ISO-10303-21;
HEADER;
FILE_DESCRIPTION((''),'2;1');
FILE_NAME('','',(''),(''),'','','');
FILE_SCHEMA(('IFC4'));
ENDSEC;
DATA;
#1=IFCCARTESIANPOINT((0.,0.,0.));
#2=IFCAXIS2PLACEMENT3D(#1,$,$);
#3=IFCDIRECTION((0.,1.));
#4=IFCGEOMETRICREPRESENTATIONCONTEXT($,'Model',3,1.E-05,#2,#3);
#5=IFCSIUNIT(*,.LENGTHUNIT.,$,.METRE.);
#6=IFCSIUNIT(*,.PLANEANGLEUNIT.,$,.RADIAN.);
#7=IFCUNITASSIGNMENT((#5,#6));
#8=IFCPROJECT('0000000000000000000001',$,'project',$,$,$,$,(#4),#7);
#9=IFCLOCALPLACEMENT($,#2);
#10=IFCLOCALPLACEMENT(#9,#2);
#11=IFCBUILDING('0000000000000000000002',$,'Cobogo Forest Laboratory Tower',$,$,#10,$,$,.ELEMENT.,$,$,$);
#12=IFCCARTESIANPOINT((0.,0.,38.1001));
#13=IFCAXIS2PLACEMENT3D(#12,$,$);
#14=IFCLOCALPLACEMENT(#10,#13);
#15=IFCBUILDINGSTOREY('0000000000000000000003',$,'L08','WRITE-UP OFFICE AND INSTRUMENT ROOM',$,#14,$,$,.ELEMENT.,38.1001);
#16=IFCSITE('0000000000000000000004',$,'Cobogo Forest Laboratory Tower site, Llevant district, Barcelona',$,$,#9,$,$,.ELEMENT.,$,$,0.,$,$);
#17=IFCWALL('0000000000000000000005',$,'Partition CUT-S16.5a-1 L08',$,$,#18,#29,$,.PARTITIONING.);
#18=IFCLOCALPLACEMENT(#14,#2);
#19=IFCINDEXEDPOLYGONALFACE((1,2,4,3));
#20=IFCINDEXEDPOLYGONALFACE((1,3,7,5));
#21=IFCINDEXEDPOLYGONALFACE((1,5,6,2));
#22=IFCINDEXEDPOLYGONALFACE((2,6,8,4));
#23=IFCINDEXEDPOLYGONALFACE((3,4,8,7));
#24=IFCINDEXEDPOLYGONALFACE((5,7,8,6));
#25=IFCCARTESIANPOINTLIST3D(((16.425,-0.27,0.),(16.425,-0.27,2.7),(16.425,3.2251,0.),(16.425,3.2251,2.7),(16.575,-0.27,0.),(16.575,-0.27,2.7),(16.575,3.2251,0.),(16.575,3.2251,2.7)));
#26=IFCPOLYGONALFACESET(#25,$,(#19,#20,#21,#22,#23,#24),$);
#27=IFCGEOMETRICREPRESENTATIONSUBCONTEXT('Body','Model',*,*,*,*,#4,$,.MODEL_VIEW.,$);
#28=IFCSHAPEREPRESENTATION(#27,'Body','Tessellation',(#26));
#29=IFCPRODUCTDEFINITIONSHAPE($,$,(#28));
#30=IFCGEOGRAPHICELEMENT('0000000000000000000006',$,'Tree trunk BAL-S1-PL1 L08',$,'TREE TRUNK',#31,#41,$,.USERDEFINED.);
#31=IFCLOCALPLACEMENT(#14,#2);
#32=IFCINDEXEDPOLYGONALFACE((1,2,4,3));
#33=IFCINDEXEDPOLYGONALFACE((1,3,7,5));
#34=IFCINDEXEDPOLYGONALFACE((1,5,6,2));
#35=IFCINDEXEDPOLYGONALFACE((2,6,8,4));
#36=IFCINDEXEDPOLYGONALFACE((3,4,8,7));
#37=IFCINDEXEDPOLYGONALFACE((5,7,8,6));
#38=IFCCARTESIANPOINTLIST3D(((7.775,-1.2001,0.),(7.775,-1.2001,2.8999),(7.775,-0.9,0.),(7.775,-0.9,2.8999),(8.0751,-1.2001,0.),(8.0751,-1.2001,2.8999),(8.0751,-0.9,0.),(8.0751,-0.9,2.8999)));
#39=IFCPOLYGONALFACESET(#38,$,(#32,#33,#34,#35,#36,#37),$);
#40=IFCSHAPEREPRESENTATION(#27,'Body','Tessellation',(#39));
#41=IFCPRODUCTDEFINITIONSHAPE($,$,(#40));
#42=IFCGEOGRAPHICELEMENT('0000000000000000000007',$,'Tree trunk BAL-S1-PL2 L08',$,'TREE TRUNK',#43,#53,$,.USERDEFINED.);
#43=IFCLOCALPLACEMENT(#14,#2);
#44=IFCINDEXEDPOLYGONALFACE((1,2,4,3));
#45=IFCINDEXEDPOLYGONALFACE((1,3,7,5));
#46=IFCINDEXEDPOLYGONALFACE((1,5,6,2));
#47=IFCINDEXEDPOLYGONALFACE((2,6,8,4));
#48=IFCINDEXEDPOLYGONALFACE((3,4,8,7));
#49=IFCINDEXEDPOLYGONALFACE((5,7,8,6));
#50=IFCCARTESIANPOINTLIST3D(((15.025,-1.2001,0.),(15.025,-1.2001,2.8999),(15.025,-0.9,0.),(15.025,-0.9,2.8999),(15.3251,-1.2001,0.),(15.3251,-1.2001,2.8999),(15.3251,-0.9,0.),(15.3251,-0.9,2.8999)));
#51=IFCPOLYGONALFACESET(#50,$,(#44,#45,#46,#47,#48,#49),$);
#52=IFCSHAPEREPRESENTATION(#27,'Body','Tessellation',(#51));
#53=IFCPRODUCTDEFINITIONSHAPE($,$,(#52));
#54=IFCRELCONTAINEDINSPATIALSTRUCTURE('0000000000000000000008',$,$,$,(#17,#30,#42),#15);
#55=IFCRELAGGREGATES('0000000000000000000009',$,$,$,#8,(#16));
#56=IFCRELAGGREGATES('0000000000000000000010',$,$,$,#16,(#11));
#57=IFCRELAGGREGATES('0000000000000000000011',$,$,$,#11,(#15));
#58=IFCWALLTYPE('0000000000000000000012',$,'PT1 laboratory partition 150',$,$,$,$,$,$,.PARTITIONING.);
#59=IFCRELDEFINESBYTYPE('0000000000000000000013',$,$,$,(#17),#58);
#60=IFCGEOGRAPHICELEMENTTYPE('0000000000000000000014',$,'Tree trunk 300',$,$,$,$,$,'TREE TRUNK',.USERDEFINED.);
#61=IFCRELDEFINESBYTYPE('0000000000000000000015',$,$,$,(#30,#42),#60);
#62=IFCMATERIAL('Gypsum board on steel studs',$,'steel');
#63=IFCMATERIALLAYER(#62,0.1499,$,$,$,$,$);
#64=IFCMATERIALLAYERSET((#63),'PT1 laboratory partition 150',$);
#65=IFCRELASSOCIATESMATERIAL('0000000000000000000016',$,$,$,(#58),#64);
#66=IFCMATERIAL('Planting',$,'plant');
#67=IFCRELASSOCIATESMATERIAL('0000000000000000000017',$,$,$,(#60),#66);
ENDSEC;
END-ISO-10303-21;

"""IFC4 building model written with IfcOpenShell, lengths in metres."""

from ifc_helpers import new_model, si_unit, direction, frame, frame_2d, origin, origin_2d, place, context, subcontext, project, spatial, rectangle, extrude, material, layer, layer_set, type_object, element, save


model = new_model("IFC4")

# Units and contexts
model_context = context("Model", 3, precision=1e-05, world=origin(), true_north=direction((0.0, 1.0)))
body_context = subcontext(model_context, "Body", "Model", "MODEL_VIEW")
ifc_project = project(units=[si_unit("LENGTHUNIT", "METRE"), si_unit("PLANEANGLEUNIT", "RADIAN")], contexts=[model_context])

# Site, building, storey
site_placement = place(None, origin())
site = spatial("IfcSite", under=ifc_project, at=site_placement, Name="Cobogo Forest Laboratory Tower site, Llevant district, Barcelona", CompositionType="ELEMENT", RefElevation=0.0)
building_placement = place(site_placement, origin())
building = spatial("IfcBuilding", under=site, at=building_placement, Name="Cobogo Forest Laboratory Tower", CompositionType="ELEMENT")
storey_placement = place(building_placement, frame((0.0, 0.0, 38.1001)))
storey = spatial("IfcBuildingStorey", under=building, at=storey_placement, Name="L08", Description="WRITE-UP OFFICE AND INSTRUMENT ROOM", CompositionType="ELEMENT", Elevation=38.1001)

# Wall
ifc_material_1 = material(Name="Gypsum board on steel studs", Category="steel")
ifc_layer_1 = layer(ifc_material_1, 0.1499)
ifc_layer_set_1 = layer_set([ifc_layer_1], Name="PT1 laboratory partition 150")
wall_type_1 = type_object("IfcWallType", Name="PT1 laboratory partition 150", PredefinedType="PARTITIONING", material=ifc_layer_set_1)
wall_1_placement = place(storey_placement, frame((16.5, -0.27, 0.0), z_axis=(0.0, 0.0, 1.0), x_axis=(0.0, 1.0, 0.0)))
element("IfcWall", 1, at=wall_1_placement, inside=storey, type_object=wall_type_1, Name="Partition CUT-S16.5a-1 L08", PredefinedType="PARTITIONING", context=body_context, shape_type="SweptSolid", body=[
    extrude(rectangle(XDim=3.4951, YDim=0.1499, at=frame_2d((1.7476, 0.0))), origin(), (0.0, 0.0, 1.0), 2.7),
])

# Geographic elements
ifc_material_2 = material(Name="Planting", Category="plant")
geographic_element_type = type_object("IfcGeographicElementType", Name="Tree trunk 300", ElementType="TREE TRUNK", PredefinedType="USERDEFINED", material=ifc_material_2)
for number, where, z_axis, x_axis, name in (
    (2, (7.925, -1.05, 0.0), (0.0, 0.0, 1.0), (1.0, 0.0, 0.0), "Tree trunk BAL-S1-PL1 L08"),
    (3, (15.175, -1.05, 0.0), (0.0, 0.0, 1.0), (1.0, 0.0, 0.0), "Tree trunk BAL-S1-PL2 L08"),
):
    element("IfcGeographicElement", number, at=place(storey_placement, frame(where, z_axis=z_axis, x_axis=x_axis)), inside=storey, type_object=geographic_element_type, Name=name, ObjectType="TREE TRUNK", PredefinedType="USERDEFINED", context=body_context, shape_type="SweptSolid", body=[
        extrude(rectangle(XDim=0.3, YDim=0.3, at=origin_2d()), origin(), (0.0, 0.0, 1.0), 2.8999),
    ])

save(model, "model.ifc")
